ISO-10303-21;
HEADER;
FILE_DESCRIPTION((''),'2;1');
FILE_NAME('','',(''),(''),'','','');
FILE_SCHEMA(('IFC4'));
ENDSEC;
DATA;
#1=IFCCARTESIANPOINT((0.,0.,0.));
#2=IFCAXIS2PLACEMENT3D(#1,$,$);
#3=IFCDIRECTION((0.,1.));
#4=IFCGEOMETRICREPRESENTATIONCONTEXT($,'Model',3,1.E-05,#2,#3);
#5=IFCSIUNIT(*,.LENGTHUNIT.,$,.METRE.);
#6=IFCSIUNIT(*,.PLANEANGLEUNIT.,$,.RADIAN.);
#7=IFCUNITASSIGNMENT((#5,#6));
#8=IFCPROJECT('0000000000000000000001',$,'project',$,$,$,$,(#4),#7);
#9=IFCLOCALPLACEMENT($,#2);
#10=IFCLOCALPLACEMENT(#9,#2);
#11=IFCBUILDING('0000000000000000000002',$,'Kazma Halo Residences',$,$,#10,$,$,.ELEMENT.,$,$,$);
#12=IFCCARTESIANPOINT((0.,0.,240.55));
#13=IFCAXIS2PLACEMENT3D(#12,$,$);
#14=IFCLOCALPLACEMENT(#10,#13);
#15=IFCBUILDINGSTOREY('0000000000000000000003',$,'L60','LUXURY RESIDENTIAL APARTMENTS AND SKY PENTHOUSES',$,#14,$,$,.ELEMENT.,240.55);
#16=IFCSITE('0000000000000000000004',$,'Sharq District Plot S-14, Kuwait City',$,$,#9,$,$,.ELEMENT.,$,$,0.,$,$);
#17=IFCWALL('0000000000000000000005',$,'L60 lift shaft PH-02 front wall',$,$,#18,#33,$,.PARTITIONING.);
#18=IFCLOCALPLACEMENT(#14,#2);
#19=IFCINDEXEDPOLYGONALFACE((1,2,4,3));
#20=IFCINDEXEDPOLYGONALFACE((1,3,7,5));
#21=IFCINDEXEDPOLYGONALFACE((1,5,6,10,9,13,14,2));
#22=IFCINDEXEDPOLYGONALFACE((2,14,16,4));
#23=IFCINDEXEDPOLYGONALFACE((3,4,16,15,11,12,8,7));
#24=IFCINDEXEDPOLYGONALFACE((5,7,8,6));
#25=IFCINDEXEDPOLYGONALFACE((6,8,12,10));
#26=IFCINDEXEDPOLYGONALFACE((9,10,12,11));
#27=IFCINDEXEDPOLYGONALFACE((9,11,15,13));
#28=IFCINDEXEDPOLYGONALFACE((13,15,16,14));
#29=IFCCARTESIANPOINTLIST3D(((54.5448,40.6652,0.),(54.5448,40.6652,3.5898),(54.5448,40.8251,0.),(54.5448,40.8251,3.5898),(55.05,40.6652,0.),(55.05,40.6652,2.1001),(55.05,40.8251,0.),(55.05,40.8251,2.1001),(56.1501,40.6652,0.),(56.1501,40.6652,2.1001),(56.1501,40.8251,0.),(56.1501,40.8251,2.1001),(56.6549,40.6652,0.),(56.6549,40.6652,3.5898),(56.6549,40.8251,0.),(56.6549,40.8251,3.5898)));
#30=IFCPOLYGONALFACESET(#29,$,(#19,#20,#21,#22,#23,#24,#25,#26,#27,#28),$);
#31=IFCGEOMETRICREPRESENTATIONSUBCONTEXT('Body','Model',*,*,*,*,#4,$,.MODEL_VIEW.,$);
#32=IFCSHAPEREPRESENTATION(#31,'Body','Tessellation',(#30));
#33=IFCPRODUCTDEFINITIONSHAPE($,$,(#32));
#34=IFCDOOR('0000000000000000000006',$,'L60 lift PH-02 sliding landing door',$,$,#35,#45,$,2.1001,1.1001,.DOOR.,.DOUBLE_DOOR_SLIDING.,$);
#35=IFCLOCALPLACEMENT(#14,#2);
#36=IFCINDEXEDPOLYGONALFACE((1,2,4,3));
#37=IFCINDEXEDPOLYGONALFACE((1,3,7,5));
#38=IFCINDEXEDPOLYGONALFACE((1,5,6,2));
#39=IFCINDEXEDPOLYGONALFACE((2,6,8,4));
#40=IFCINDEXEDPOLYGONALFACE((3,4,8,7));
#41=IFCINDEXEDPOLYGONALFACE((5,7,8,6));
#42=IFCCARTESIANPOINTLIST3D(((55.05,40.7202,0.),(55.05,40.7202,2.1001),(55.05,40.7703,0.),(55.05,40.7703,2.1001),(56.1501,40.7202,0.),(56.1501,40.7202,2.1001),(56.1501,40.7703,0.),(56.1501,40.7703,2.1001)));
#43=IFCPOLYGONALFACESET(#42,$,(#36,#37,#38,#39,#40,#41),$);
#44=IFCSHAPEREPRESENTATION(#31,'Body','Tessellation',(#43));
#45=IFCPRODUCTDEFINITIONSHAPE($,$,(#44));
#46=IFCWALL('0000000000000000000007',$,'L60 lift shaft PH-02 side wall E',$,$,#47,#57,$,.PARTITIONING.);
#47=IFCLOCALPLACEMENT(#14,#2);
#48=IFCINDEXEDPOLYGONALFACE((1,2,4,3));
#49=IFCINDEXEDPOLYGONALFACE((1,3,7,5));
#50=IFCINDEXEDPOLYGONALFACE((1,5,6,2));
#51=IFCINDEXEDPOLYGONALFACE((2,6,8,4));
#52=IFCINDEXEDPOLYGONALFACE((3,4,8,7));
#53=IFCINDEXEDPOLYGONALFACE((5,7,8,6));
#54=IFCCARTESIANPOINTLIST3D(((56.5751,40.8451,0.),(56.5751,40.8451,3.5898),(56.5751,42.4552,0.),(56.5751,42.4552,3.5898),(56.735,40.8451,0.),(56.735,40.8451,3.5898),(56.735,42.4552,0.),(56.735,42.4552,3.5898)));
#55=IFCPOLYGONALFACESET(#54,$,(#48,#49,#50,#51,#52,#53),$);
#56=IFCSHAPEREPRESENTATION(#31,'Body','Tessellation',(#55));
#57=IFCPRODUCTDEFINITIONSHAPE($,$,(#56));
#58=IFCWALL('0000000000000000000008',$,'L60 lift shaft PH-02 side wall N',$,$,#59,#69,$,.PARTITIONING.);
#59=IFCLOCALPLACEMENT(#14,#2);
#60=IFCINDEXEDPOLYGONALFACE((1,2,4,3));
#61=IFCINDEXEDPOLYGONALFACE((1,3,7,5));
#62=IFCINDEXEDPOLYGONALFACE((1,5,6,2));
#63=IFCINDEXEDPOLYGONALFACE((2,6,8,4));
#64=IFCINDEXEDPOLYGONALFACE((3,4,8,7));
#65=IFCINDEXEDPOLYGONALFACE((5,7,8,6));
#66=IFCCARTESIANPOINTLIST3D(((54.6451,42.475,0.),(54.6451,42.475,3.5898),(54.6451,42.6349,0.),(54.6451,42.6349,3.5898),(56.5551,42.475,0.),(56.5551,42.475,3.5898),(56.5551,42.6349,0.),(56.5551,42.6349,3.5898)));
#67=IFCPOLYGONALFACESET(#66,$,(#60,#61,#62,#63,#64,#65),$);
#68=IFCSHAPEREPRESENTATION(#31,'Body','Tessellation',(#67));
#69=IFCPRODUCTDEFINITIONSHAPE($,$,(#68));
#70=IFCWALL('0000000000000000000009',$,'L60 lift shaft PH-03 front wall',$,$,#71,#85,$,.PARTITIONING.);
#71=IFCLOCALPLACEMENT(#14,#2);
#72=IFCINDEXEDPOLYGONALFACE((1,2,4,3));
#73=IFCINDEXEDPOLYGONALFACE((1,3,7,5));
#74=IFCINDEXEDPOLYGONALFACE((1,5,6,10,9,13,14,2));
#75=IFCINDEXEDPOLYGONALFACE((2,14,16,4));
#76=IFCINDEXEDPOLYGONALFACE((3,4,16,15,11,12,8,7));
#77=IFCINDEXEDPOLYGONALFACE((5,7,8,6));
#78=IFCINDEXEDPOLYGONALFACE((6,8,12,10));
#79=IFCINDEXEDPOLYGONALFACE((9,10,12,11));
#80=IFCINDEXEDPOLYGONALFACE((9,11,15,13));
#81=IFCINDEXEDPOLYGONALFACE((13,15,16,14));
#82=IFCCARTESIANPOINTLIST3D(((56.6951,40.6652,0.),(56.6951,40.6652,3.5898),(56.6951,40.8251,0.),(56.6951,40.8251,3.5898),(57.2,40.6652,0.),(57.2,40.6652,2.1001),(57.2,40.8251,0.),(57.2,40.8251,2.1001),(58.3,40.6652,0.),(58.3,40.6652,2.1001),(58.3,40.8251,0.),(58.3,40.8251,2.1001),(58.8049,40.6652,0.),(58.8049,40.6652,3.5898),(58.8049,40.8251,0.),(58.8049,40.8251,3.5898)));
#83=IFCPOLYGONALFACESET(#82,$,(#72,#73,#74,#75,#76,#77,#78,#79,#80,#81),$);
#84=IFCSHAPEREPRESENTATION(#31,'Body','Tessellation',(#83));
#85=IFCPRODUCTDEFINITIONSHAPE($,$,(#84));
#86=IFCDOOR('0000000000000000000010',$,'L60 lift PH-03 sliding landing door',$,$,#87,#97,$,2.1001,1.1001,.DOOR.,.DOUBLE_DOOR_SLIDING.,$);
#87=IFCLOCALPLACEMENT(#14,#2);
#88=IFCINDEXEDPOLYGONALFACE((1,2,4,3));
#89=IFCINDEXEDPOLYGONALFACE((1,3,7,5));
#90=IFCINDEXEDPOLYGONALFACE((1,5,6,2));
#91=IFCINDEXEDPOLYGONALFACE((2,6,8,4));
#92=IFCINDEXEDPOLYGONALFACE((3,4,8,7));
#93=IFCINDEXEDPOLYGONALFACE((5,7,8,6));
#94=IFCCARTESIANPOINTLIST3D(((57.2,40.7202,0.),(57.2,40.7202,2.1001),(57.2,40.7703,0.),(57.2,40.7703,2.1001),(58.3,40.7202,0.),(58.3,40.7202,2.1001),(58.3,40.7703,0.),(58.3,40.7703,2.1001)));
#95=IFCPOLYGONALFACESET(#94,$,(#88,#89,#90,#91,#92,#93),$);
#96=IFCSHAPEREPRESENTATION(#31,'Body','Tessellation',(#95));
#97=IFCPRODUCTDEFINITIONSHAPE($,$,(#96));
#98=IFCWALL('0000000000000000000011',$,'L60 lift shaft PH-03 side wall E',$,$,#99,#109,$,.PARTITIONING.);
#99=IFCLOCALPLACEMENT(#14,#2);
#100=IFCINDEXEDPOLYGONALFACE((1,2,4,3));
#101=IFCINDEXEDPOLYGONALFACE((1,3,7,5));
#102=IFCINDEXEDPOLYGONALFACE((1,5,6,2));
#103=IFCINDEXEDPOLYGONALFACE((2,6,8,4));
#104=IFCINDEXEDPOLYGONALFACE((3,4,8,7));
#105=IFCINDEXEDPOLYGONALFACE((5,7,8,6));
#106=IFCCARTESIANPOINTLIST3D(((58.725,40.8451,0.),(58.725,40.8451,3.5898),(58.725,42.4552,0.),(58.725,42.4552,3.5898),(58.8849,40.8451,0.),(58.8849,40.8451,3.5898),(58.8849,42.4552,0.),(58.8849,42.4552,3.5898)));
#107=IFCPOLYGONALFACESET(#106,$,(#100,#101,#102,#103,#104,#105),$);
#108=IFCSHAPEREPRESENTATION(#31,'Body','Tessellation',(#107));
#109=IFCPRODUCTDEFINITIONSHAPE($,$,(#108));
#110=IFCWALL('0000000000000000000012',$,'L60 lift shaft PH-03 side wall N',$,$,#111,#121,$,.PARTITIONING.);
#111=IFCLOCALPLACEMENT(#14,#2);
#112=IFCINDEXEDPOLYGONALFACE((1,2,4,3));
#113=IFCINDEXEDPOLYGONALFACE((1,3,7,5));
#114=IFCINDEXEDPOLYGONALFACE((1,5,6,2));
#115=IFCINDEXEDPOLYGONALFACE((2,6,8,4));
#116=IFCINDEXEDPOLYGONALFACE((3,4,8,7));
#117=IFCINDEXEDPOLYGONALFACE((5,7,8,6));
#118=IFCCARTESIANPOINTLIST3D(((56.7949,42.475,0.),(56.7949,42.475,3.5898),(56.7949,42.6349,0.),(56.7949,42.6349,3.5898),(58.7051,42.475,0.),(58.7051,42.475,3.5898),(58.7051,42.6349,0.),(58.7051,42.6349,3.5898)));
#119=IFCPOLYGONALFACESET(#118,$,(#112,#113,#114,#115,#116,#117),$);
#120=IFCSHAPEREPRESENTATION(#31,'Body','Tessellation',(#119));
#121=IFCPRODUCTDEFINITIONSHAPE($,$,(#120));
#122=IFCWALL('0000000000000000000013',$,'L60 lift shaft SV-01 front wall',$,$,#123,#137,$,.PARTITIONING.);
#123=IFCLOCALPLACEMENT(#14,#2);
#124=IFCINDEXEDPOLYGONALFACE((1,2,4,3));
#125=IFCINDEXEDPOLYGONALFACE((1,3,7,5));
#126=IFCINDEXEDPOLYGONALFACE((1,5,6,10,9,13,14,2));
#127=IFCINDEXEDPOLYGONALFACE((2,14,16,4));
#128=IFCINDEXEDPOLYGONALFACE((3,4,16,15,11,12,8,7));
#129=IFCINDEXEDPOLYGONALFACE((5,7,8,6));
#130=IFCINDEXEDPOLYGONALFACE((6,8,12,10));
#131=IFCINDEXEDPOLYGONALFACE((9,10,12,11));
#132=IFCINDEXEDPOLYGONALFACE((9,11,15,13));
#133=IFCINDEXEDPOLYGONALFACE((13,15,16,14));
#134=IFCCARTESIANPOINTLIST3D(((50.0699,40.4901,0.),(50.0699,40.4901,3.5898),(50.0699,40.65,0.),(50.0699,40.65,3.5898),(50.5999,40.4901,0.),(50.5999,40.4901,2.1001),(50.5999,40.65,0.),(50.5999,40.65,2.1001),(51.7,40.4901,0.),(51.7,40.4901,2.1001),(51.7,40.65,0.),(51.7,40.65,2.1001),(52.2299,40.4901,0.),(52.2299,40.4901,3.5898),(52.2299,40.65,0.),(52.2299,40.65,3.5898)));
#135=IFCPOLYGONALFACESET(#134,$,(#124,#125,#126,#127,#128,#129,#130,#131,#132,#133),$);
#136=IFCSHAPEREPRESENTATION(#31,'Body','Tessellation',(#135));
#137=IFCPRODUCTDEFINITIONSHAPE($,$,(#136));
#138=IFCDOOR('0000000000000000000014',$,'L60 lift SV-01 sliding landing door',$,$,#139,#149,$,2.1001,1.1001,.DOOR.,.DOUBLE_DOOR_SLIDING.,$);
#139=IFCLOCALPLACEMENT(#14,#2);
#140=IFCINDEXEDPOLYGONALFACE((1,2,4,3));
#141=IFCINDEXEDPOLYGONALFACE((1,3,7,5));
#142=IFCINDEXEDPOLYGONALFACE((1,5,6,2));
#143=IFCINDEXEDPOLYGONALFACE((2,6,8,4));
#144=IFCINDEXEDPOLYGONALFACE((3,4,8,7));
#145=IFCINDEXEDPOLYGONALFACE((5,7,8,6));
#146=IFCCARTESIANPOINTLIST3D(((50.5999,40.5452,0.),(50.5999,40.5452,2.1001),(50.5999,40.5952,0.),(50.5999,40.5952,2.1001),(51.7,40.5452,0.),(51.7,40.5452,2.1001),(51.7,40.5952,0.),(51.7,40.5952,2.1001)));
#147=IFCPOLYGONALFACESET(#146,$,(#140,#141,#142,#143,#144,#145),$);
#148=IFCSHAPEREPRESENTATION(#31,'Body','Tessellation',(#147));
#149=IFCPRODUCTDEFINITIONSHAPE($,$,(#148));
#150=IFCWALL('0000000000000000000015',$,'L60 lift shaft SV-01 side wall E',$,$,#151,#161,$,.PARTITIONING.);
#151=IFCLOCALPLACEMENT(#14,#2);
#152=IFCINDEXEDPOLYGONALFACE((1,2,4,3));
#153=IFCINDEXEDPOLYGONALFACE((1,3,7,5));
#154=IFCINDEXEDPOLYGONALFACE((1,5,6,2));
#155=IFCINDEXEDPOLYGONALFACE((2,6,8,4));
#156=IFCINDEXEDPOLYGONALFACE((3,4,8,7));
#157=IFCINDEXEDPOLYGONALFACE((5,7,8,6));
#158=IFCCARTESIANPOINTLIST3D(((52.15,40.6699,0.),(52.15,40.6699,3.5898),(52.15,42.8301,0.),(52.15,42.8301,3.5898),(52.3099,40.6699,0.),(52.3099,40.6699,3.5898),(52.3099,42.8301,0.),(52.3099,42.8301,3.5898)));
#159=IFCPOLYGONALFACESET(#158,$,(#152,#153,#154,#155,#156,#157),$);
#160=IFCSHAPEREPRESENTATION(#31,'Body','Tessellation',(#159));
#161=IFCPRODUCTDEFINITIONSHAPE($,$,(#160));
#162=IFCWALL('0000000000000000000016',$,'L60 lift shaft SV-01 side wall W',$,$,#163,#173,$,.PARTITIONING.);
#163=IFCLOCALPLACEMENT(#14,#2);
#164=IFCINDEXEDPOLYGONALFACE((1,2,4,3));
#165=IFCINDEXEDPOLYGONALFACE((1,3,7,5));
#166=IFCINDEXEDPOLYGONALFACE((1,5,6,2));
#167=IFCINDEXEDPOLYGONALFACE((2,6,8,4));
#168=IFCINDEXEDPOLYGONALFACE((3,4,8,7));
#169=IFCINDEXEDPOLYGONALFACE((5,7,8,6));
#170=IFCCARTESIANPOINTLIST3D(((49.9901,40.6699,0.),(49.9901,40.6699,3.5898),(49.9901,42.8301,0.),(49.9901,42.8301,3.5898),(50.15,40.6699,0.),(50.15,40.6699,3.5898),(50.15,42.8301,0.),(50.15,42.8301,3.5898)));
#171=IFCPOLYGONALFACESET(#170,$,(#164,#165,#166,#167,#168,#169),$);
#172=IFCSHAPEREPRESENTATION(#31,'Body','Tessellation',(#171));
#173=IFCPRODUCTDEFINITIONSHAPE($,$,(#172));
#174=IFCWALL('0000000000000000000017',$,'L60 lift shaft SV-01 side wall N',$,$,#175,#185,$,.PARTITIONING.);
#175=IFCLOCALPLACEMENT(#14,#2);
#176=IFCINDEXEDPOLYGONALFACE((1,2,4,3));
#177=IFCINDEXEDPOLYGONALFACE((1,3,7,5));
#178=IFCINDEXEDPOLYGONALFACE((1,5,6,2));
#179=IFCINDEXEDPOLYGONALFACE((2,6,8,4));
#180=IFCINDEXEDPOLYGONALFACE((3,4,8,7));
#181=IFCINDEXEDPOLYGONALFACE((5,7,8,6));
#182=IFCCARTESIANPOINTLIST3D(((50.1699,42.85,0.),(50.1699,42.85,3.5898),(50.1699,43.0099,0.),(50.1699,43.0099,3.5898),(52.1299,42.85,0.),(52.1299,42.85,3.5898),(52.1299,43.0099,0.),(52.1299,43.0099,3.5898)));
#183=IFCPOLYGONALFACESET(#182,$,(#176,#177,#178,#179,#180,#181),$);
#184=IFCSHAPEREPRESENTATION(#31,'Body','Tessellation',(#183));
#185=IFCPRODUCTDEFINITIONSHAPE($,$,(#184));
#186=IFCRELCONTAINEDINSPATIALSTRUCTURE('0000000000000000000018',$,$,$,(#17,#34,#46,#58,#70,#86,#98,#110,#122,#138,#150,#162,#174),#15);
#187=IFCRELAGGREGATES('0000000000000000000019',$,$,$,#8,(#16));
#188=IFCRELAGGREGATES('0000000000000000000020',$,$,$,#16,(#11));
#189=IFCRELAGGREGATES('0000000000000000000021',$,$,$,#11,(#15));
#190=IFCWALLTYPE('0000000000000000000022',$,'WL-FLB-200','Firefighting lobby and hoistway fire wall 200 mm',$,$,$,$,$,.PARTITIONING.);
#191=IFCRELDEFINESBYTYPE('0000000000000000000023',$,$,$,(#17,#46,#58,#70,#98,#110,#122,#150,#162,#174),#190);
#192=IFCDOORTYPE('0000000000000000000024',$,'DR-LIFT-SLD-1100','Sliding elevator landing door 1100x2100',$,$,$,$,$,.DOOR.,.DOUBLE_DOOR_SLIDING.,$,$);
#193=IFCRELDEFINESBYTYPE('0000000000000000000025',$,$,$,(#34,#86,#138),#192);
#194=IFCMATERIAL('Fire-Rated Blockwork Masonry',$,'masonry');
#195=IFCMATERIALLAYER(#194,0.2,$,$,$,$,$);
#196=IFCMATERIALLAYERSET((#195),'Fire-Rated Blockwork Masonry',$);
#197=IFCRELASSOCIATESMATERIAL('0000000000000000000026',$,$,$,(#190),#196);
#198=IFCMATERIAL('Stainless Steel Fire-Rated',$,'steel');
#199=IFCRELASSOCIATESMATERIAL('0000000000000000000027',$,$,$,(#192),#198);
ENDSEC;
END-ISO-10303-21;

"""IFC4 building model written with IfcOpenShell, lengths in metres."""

from ifc_helpers import new_model, si_unit, direction, frame, frame_2d, origin, place, context, subcontext, project, spatial, rectangle, extrude, material, layer, layer_set, type_object, element, fill, save


model = new_model("IFC4")

# Units and contexts
model_context = context("Model", 3, precision=1e-05, world=origin(), true_north=direction((0.0, 1.0)))
body_context = subcontext(model_context, "Body", "Model", "MODEL_VIEW")
ifc_project = project(units=[si_unit("LENGTHUNIT", "METRE"), si_unit("PLANEANGLEUNIT", "RADIAN")], contexts=[model_context])

# Site, building, storey
site_placement = place(None, origin())
site = spatial("IfcSite", under=ifc_project, at=site_placement, Name="Sharq District Plot S-14, Kuwait City", CompositionType="ELEMENT", RefElevation=0.0)
building_placement = place(site_placement, origin())
building = spatial("IfcBuilding", under=site, at=building_placement, Name="Kazma Halo Residences", CompositionType="ELEMENT")
storey_placement = place(building_placement, frame((0.0, 0.0, 240.55)))
storey = spatial("IfcBuildingStorey", under=building, at=storey_placement, Name="L60", Description="LUXURY RESIDENTIAL APARTMENTS AND SKY PENTHOUSES", CompositionType="ELEMENT", Elevation=240.55)

# Shared definitions
ifc_material_1 = material(Name="Fire-Rated Blockwork Masonry", Category="masonry")
ifc_layer_1 = layer(ifc_material_1, 0.2)
ifc_layer_set_1 = layer_set([ifc_layer_1], Name="Fire-Rated Blockwork Masonry")
wall_type_1 = type_object("IfcWallType", Name="WL-FLB-200", Description="Firefighting lobby and hoistway fire wall 200 mm", PredefinedType="PARTITIONING", material=ifc_layer_set_1)
ifc_material_2 = material(Name="Stainless Steel Fire-Rated", Category="steel")
door_type_1 = type_object("IfcDoorType", Name="DR-LIFT-SLD-1100", Description="Sliding elevator landing door 1100x2100", OperationType="DOUBLE_DOOR_SLIDING", PredefinedType="DOOR", material=ifc_material_2)

# Wall, opening, door
wall_1_placement = place(storey_placement, frame((56.655, 40.7451, 0.0), z_axis=(0.0, 0.0, 1.0), x_axis=(-1.0, 0.0, 0.0)))
wall_1 = element("IfcWall", 1, at=wall_1_placement, inside=storey, type_object=wall_type_1, Name="L60 lift shaft PH-02 front wall", PredefinedType="PARTITIONING", context=body_context, shape_type="SweptSolid", body=[
    extrude(rectangle(XDim=2.1101, YDim=0.1599, at=frame_2d((1.0552, 0.0))), origin(), (0.0, 0.0, 1.0), 3.5898),
])
opening_1_placement = place(wall_1_placement, frame((0.5049, 0.0, 0.0)))
opening_1 = element("IfcOpeningElement", 2, at=opening_1_placement, cuts=wall_1, PredefinedType="OPENING", context=body_context, shape_type="SweptSolid", body=[
    extrude(rectangle(XDim=1.1001, YDim=2.1001, at=frame_2d((0.55, 1.05))), frame((0.0, 0.0898, 0.0), z_axis=(0.0, -1.0, 0.0), x_axis=(1.0, 0.0, 0.0)), (0.0, 0.0, 1.0), 0.1799),
])
door_1_placement = place(opening_1_placement, origin())
door_1 = element("IfcDoor", 3, at=door_1_placement, inside=storey, type_object=door_type_1, Name="L60 lift PH-02 sliding landing door", OperationType="DOUBLE_DOOR_SLIDING", OverallHeight=2.1001, OverallWidth=1.1001, PredefinedType="DOOR", context=body_context, shape_type="SweptSolid", body=[
    extrude(rectangle(XDim=1.1001, YDim=2.1001, at=frame_2d((0.55, 1.05))), frame((0.0, 0.0249, 0.0), z_axis=(0.0, -1.0, 0.0), x_axis=(1.0, 0.0, 0.0)), (0.0, 0.0, 1.0), 0.05),
])
fill(opening_1, door_1)

# Walls
wall_2_placement = place(storey_placement, frame((56.655, 40.845, 0.0), z_axis=(0.0, 0.0, 1.0), x_axis=(0.0, 1.0, 0.0)))
element("IfcWall", 4, at=wall_2_placement, inside=storey, type_object=wall_type_1, Name="L60 lift shaft PH-02 side wall E", PredefinedType="PARTITIONING", context=body_context, shape_type="SweptSolid", body=[
    extrude(rectangle(XDim=1.6101, YDim=0.1599, at=frame_2d((0.8052, 0.0))), origin(), (0.0, 0.0, 1.0), 3.5898),
])
wall_3_placement = place(storey_placement, frame((54.645, 42.5549, 0.0), z_axis=(0.0, 0.0, 1.0), x_axis=(1.0, 0.0, 0.0)))
element("IfcWall", 5, at=wall_3_placement, inside=storey, type_object=wall_type_1, Name="L60 lift shaft PH-02 side wall N", PredefinedType="PARTITIONING", context=body_context, shape_type="SweptSolid", body=[
    extrude(rectangle(XDim=1.9099, YDim=0.1599, at=frame_2d((0.9551, 0.0))), origin(), (0.0, 0.0, 1.0), 3.5898),
])

# Wall, opening, door
wall_4_placement = place(storey_placement, frame((58.8049, 40.7451, 0.0), z_axis=(0.0, 0.0, 1.0), x_axis=(-1.0, 0.0, 0.0)))
wall_4 = element("IfcWall", 6, at=wall_4_placement, inside=storey, type_object=wall_type_1, Name="L60 lift shaft PH-03 front wall", PredefinedType="PARTITIONING", context=body_context, shape_type="SweptSolid", body=[
    extrude(rectangle(XDim=2.1099, YDim=0.1599, at=frame_2d((1.0549, 0.0))), origin(), (0.0, 0.0, 1.0), 3.5898),
])
opening_2_placement = place(wall_4_placement, frame((0.5049, 0.0, 0.0)))
opening_2 = element("IfcOpeningElement", 7, at=opening_2_placement, cuts=wall_4, PredefinedType="OPENING", context=body_context, shape_type="SweptSolid", body=[
    extrude(rectangle(XDim=1.1001, YDim=2.1001, at=frame_2d((0.55, 1.05))), frame((0.0, 0.0898, 0.0), z_axis=(0.0, -1.0, 0.0), x_axis=(1.0, 0.0, 0.0)), (0.0, 0.0, 1.0), 0.1799),
])
door_2_placement = place(opening_2_placement, origin())
door_2 = element("IfcDoor", 8, at=door_2_placement, inside=storey, type_object=door_type_1, Name="L60 lift PH-03 sliding landing door", OperationType="DOUBLE_DOOR_SLIDING", OverallHeight=2.1001, OverallWidth=1.1001, PredefinedType="DOOR", context=body_context, shape_type="SweptSolid", body=[
    extrude(rectangle(XDim=1.1001, YDim=2.1001, at=frame_2d((0.55, 1.05))), frame((0.0, 0.0249, 0.0), z_axis=(0.0, -1.0, 0.0), x_axis=(1.0, 0.0, 0.0)), (0.0, 0.0, 1.0), 0.05),
])
fill(opening_2, door_2)

# Walls
wall_5_placement = place(storey_placement, frame((58.8049, 40.845, 0.0), z_axis=(0.0, 0.0, 1.0), x_axis=(0.0, 1.0, 0.0)))
element("IfcWall", 9, at=wall_5_placement, inside=storey, type_object=wall_type_1, Name="L60 lift shaft PH-03 side wall E", PredefinedType="PARTITIONING", context=body_context, shape_type="SweptSolid", body=[
    extrude(rectangle(XDim=1.6101, YDim=0.1599, at=frame_2d((0.8052, 0.0))), origin(), (0.0, 0.0, 1.0), 3.5898),
])
wall_6_placement = place(storey_placement, frame((56.7949, 42.5549, 0.0), z_axis=(0.0, 0.0, 1.0), x_axis=(1.0, 0.0, 0.0)))
element("IfcWall", 10, at=wall_6_placement, inside=storey, type_object=wall_type_1, Name="L60 lift shaft PH-03 side wall N", PredefinedType="PARTITIONING", context=body_context, shape_type="SweptSolid", body=[
    extrude(rectangle(XDim=1.9102, YDim=0.1599, at=frame_2d((0.9551, 0.0))), origin(), (0.0, 0.0, 1.0), 3.5898),
])

# Wall, opening, door
wall_7_placement = place(storey_placement, frame((52.23, 40.5701, 0.0), z_axis=(0.0, 0.0, 1.0), x_axis=(-1.0, 0.0, 0.0)))
wall_7 = element("IfcWall", 11, at=wall_7_placement, inside=storey, type_object=wall_type_1, Name="L60 lift shaft SV-01 front wall", PredefinedType="PARTITIONING", context=body_context, shape_type="SweptSolid", body=[
    extrude(rectangle(XDim=2.1599, YDim=0.1599, at=frame_2d((1.0801, 0.0))), origin(), (0.0, 0.0, 1.0), 3.5898),
])
opening_3_placement = place(wall_7_placement, frame((0.53, 0.0, 0.0)))
opening_3 = element("IfcOpeningElement", 12, at=opening_3_placement, cuts=wall_7, PredefinedType="OPENING", context=body_context, shape_type="SweptSolid", body=[
    extrude(rectangle(XDim=1.1001, YDim=2.1001, at=frame_2d((0.55, 1.05))), frame((0.0, 0.0898, 0.0), z_axis=(0.0, -1.0, 0.0), x_axis=(1.0, 0.0, 0.0)), (0.0, 0.0, 1.0), 0.1799),
])
door_3_placement = place(opening_3_placement, origin())
door_3 = element("IfcDoor", 13, at=door_3_placement, inside=storey, type_object=door_type_1, Name="L60 lift SV-01 sliding landing door", OperationType="DOUBLE_DOOR_SLIDING", OverallHeight=2.1001, OverallWidth=1.1001, PredefinedType="DOOR", context=body_context, shape_type="SweptSolid", body=[
    extrude(rectangle(XDim=1.1001, YDim=2.1001, at=frame_2d((0.55, 1.05))), frame((0.0, 0.0249, 0.0), z_axis=(0.0, -1.0, 0.0), x_axis=(1.0, 0.0, 0.0)), (0.0, 0.0, 1.0), 0.05),
])
fill(opening_3, door_3)

# Walls
for number, where, z_axis, x_axis, name in (
    (14, (52.23, 40.6699, 0.0), (0.0, 0.0, 1.0), (0.0, 1.0, 0.0), "L60 lift shaft SV-01 side wall E"),
    (15, (50.0701, 40.6699, 0.0), (0.0, 0.0, 1.0), (0.0, 1.0, 0.0), "L60 lift shaft SV-01 side wall W"),
):
    element("IfcWall", number, at=place(storey_placement, frame(where, z_axis=z_axis, x_axis=x_axis)), inside=storey, type_object=wall_type_1, Name=name, PredefinedType="PARTITIONING", context=body_context, shape_type="SweptSolid", body=[
        extrude(rectangle(XDim=2.1602, YDim=0.1599, at=frame_2d((1.0801, 0.0))), origin(), (0.0, 0.0, 1.0), 3.5898),
    ])
wall_8_placement = place(storey_placement, frame((50.1699, 42.9299, 0.0), z_axis=(0.0, 0.0, 1.0), x_axis=(1.0, 0.0, 0.0)))
element("IfcWall", 16, at=wall_8_placement, inside=storey, type_object=wall_type_1, Name="L60 lift shaft SV-01 side wall N", PredefinedType="PARTITIONING", context=body_context, shape_type="SweptSolid", body=[
    extrude(rectangle(XDim=1.96, YDim=0.1599, at=frame_2d((0.98, 0.0))), origin(), (0.0, 0.0, 1.0), 3.5898),
])

save(model, "model.ifc")
